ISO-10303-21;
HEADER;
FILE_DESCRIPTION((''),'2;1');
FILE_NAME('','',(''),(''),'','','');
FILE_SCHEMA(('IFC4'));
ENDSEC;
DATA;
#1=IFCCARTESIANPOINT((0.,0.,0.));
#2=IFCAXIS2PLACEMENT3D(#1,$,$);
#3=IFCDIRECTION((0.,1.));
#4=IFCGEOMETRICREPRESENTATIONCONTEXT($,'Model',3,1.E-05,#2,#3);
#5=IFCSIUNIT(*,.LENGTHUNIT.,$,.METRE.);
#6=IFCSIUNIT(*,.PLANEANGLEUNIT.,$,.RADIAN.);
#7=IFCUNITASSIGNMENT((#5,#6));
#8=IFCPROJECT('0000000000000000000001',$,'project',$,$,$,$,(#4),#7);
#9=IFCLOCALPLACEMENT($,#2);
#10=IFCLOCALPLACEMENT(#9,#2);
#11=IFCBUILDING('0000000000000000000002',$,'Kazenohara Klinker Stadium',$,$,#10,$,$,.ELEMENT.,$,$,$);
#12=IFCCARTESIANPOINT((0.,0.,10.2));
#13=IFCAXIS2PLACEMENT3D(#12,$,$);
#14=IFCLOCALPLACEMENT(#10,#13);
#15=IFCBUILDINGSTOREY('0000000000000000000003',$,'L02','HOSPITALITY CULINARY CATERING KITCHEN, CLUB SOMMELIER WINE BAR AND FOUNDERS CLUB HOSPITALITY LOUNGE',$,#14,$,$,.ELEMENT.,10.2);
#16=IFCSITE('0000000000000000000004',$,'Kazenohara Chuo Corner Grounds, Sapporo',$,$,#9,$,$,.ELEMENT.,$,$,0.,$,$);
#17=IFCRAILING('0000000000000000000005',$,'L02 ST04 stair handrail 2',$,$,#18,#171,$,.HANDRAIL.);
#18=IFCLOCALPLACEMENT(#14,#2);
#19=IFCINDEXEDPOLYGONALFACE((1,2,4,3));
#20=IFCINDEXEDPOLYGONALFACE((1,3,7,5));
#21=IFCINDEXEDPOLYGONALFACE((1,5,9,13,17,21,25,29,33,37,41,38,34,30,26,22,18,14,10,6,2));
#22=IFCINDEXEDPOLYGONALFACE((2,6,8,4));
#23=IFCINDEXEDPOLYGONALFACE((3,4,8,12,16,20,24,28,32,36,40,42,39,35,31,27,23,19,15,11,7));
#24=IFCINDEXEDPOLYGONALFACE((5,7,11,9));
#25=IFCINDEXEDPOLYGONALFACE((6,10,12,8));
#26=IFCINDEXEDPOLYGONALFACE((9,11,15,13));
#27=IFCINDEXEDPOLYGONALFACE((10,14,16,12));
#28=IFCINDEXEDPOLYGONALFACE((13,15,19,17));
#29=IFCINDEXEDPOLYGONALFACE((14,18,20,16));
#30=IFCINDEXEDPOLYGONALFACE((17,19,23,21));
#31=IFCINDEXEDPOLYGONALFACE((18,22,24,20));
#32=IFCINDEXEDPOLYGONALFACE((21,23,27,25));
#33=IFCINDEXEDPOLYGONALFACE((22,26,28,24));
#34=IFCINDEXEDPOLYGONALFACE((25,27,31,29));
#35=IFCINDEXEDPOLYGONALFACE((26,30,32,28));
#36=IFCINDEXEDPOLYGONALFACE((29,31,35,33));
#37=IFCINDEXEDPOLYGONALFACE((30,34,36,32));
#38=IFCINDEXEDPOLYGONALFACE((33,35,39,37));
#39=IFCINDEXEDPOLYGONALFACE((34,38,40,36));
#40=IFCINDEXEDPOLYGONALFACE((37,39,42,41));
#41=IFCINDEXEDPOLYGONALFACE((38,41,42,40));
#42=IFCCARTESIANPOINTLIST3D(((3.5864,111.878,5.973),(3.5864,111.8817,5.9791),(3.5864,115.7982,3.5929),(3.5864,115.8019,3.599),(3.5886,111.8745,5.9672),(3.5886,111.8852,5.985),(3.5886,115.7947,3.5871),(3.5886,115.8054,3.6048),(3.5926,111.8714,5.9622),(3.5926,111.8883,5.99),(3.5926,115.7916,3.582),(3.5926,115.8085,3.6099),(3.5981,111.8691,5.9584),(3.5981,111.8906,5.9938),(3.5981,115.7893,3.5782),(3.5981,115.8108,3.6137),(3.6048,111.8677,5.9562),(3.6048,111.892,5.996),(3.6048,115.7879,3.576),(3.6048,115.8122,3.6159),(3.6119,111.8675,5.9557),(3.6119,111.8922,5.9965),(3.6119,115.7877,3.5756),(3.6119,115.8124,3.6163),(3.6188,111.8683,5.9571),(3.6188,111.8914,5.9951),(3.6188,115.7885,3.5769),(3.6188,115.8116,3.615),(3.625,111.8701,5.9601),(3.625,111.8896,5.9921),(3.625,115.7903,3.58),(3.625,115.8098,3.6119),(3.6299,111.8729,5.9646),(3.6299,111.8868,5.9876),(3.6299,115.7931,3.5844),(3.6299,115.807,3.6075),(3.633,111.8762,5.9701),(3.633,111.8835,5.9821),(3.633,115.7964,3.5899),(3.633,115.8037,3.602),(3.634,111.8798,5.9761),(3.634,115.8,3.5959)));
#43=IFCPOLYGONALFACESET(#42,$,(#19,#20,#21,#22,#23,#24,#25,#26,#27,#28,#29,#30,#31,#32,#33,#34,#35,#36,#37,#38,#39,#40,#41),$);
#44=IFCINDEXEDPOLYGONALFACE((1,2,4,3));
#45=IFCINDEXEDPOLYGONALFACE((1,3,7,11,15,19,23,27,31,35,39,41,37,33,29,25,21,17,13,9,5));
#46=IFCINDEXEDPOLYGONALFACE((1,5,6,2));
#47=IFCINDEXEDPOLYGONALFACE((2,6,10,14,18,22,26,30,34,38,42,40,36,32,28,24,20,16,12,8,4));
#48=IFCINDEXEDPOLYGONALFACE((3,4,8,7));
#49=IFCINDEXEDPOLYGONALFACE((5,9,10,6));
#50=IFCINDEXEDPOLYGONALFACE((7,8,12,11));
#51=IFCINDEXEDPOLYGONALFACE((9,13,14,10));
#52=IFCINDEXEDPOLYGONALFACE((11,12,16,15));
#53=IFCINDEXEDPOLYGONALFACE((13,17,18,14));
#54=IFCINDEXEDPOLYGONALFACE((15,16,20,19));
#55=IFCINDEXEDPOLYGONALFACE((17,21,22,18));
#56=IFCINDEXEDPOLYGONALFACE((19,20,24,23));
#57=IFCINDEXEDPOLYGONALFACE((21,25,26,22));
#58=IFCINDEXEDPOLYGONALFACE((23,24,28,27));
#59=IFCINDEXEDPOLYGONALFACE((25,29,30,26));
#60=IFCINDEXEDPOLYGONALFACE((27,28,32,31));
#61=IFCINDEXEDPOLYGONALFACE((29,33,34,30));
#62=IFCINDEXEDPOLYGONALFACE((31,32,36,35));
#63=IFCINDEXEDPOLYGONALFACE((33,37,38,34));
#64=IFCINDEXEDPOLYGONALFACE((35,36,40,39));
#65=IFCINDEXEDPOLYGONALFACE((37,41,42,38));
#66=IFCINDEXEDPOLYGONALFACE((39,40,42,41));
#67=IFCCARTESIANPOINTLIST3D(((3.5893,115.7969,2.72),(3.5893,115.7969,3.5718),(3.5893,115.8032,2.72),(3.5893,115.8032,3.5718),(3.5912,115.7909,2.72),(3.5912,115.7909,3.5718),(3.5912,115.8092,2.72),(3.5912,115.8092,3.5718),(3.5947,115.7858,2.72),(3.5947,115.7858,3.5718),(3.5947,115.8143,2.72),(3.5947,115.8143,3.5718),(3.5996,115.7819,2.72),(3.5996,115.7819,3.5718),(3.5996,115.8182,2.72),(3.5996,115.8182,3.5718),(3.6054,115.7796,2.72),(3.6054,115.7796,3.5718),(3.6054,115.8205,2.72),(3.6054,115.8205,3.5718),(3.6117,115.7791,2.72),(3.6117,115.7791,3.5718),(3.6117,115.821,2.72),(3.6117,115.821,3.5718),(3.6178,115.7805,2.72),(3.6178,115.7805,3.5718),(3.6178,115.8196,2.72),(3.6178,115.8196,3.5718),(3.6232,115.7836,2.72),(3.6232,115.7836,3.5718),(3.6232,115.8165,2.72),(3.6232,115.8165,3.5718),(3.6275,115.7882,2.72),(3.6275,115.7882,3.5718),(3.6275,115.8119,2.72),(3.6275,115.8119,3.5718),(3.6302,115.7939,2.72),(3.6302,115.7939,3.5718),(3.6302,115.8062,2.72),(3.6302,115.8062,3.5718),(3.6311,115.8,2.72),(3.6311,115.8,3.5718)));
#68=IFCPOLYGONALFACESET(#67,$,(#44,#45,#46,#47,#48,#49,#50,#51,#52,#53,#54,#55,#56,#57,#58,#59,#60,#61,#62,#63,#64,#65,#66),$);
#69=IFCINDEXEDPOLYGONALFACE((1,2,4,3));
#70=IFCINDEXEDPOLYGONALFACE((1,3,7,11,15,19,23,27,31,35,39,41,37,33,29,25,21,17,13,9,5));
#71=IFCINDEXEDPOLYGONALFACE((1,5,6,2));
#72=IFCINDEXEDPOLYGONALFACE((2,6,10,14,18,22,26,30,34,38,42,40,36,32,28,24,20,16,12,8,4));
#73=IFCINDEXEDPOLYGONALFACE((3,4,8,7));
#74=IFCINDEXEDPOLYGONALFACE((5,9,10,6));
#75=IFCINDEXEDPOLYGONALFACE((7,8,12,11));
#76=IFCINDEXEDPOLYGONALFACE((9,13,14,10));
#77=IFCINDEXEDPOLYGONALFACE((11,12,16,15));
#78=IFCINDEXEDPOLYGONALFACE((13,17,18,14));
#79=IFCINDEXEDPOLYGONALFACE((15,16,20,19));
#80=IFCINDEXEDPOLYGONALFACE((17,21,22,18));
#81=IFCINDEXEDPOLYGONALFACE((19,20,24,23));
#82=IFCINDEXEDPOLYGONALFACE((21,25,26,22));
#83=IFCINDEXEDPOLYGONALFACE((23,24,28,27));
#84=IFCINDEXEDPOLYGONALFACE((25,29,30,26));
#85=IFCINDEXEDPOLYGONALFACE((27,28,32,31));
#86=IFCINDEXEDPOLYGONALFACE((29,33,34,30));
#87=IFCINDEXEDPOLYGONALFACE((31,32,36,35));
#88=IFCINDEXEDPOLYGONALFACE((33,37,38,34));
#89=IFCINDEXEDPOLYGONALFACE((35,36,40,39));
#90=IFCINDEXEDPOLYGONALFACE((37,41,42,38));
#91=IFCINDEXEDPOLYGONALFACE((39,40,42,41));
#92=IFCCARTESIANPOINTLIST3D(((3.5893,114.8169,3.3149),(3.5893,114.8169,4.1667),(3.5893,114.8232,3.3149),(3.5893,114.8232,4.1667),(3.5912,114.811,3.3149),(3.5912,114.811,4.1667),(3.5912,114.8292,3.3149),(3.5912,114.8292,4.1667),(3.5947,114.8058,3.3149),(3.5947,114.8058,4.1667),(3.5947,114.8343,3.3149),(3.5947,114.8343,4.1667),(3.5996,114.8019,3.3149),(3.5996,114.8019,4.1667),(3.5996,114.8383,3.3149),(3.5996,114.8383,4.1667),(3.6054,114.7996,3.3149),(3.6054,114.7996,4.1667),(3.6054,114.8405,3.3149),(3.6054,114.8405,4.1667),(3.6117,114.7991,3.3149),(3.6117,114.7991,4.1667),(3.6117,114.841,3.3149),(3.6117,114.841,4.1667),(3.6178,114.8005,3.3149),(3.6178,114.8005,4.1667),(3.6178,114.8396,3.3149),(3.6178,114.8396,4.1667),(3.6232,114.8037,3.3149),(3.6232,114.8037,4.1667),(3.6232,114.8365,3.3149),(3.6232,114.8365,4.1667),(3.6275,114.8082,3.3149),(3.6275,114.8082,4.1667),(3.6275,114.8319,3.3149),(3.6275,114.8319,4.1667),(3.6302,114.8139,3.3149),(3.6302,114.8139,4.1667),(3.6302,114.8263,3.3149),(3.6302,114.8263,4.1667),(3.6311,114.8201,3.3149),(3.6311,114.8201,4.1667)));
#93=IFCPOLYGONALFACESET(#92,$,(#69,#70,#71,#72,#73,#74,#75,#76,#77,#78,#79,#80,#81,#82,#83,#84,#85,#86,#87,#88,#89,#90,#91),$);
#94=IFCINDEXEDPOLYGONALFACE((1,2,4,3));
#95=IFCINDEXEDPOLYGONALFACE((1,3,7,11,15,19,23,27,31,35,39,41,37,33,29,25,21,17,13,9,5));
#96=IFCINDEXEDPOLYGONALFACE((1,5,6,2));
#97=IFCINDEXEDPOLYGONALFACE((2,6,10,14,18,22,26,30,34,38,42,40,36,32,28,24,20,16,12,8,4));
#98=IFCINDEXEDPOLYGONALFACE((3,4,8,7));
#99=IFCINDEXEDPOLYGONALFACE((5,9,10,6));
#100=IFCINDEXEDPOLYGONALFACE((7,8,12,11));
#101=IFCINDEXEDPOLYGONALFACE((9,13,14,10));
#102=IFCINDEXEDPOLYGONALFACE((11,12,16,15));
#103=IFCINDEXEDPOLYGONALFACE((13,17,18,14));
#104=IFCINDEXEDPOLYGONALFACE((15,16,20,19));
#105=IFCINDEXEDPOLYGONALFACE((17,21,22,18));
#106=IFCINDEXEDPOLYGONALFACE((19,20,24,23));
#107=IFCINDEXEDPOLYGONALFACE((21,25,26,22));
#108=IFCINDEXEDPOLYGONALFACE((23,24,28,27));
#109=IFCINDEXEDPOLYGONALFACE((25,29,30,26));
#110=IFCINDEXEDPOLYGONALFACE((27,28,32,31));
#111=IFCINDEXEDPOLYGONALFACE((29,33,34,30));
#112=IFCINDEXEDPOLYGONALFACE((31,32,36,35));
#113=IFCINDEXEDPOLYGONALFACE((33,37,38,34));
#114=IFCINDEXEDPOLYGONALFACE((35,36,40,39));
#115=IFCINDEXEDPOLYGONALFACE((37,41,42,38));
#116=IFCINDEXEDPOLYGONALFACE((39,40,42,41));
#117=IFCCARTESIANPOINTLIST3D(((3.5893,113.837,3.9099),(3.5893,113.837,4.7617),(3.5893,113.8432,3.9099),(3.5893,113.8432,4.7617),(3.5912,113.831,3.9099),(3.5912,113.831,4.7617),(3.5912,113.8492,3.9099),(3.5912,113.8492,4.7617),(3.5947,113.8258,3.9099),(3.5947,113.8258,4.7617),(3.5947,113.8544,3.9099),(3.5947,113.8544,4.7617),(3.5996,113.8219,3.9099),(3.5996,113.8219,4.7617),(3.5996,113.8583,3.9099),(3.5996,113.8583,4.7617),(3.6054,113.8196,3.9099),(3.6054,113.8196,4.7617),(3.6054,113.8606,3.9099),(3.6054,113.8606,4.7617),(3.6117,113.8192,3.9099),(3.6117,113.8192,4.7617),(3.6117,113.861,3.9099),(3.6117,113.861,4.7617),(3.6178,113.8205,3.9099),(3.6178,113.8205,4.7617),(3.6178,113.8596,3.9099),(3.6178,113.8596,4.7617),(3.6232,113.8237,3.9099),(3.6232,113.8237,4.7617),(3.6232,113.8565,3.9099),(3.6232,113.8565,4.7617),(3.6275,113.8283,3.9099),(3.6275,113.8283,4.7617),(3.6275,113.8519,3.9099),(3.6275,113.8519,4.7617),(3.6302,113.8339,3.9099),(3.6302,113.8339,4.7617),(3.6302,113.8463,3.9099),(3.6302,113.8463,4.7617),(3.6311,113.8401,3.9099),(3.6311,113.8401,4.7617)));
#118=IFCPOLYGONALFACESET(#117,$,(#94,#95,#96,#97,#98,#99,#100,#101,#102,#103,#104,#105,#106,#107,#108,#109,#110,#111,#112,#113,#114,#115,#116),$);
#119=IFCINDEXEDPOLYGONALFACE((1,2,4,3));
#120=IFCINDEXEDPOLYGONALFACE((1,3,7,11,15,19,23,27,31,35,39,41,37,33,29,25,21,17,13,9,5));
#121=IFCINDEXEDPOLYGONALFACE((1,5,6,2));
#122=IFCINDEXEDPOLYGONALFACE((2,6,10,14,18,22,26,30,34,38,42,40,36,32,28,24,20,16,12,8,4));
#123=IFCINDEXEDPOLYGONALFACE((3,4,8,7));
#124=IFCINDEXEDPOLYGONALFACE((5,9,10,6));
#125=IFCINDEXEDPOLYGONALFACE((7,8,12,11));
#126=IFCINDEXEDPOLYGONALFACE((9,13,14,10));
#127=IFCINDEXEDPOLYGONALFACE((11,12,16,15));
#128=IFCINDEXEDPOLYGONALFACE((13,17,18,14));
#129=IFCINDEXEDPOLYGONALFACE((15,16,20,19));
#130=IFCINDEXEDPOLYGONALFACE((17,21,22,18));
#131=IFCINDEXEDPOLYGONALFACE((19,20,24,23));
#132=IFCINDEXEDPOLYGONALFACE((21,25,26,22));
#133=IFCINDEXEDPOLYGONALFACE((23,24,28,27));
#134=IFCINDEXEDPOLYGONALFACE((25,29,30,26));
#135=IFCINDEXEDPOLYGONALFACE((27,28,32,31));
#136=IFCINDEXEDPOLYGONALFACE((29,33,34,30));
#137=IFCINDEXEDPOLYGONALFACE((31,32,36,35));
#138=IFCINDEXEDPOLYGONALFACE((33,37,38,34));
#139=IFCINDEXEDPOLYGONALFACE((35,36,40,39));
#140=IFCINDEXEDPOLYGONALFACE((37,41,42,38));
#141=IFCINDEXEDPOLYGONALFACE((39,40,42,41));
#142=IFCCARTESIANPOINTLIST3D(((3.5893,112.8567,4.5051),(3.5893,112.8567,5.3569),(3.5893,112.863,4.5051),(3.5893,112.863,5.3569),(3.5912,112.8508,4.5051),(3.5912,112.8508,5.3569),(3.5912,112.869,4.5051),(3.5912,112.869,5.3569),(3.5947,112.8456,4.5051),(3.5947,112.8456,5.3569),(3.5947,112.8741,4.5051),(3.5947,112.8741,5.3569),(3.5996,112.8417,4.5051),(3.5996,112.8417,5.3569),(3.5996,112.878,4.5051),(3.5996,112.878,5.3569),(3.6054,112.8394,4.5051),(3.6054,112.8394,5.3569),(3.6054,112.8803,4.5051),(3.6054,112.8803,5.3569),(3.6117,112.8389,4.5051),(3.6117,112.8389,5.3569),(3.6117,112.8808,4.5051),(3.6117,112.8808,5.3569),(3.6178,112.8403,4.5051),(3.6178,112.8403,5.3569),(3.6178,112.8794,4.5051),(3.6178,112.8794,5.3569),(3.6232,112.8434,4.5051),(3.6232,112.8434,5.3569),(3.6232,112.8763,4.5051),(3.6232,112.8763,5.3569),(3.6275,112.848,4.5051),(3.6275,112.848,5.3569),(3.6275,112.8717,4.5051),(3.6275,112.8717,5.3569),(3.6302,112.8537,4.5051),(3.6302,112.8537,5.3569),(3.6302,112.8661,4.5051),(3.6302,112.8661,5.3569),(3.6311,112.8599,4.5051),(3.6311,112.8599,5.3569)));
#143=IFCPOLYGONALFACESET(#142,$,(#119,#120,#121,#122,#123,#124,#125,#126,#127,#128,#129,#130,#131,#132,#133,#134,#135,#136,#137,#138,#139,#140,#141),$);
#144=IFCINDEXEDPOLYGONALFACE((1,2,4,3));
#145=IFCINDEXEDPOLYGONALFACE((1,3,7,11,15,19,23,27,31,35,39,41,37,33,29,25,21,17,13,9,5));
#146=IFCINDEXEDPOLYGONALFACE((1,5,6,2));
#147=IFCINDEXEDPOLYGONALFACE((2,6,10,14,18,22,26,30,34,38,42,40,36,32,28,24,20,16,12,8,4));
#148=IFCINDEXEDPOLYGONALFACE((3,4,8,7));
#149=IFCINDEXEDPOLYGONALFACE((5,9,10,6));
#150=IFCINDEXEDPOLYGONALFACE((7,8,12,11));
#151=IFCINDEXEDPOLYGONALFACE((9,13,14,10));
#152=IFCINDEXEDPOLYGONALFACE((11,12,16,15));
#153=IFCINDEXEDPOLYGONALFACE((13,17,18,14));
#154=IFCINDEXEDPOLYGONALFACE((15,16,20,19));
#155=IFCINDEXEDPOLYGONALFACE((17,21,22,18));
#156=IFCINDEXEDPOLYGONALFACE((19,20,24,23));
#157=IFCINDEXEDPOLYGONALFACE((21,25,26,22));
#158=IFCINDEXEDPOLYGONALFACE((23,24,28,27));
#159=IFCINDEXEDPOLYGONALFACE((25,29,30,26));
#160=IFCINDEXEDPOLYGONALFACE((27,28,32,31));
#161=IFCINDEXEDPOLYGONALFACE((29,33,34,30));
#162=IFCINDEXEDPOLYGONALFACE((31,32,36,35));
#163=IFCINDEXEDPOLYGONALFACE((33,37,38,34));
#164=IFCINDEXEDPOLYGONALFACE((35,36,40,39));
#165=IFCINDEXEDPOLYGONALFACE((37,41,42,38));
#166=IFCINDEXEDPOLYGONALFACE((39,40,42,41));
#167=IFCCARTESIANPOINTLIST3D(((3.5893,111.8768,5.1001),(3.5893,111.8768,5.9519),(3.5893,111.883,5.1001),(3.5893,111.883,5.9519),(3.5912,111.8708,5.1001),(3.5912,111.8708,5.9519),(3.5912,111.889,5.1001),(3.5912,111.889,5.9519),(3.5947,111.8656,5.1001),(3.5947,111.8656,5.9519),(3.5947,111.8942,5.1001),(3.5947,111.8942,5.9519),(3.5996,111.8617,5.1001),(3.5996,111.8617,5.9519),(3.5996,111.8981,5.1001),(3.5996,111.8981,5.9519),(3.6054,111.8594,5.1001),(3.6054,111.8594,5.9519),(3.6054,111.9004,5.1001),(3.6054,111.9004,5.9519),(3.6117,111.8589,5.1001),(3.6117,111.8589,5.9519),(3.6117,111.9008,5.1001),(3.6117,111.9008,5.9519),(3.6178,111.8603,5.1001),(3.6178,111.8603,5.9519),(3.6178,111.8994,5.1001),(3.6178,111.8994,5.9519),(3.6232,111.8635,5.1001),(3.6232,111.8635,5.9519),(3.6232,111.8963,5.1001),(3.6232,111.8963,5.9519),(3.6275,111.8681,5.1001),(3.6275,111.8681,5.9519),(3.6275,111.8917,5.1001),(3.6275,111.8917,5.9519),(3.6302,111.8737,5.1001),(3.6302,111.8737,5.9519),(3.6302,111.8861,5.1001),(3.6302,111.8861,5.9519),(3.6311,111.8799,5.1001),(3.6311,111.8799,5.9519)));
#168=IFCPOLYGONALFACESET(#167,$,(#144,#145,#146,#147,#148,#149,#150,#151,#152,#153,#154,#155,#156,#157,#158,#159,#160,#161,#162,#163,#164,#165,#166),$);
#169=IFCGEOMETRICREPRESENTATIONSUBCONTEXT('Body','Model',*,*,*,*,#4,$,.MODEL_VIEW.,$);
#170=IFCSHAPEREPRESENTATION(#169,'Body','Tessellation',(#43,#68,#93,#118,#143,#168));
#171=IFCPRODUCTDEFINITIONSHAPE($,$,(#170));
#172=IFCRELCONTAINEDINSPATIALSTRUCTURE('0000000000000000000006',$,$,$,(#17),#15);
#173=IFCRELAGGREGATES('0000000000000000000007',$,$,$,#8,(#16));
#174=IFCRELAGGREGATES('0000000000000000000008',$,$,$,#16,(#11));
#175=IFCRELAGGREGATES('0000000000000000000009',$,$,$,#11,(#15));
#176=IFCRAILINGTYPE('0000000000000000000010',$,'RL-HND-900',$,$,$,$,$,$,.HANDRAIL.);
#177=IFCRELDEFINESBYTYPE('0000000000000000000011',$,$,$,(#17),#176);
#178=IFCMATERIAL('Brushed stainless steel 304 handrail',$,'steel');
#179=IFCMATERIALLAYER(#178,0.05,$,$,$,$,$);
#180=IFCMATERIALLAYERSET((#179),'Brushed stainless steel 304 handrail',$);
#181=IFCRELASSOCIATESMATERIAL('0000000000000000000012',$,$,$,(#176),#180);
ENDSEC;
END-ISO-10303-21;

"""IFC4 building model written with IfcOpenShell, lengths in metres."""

from ifc_helpers import new_model, si_unit, direction, frame, origin, origin_2d, place, context, subcontext, project, spatial, circle, extrude, material, layer, layer_set, type_object, element, save


model = new_model("IFC4")

# Units and contexts
model_context = context("Model", 3, precision=1e-05, world=origin(), true_north=direction((0.0, 1.0)))
body_context = subcontext(model_context, "Body", "Model", "MODEL_VIEW")
ifc_project = project(units=[si_unit("LENGTHUNIT", "METRE"), si_unit("PLANEANGLEUNIT", "RADIAN")], contexts=[model_context])

# Site, building, storey
site_placement = place(None, origin())
site = spatial("IfcSite", under=ifc_project, at=site_placement, Name="Kazenohara Chuo Corner Grounds, Sapporo", CompositionType="ELEMENT", RefElevation=0.0)
building_placement = place(site_placement, origin())
building = spatial("IfcBuilding", under=site, at=building_placement, Name="Kazenohara Klinker Stadium", CompositionType="ELEMENT")
storey_placement = place(building_placement, frame((0.0, 0.0, 10.2)))
storey = spatial("IfcBuildingStorey", under=building, at=storey_placement, Name="L02", Description="HOSPITALITY CULINARY CATERING KITCHEN, CLUB SOMMELIER WINE BAR AND FOUNDERS CLUB HOSPITALITY LOUNGE", CompositionType="ELEMENT", Elevation=10.2)

# Railing
ifc_material_1 = material(Name="Brushed stainless steel 304 handrail", Category="steel")
ifc_layer_1 = layer(ifc_material_1, 0.05)
ifc_layer_set_1 = layer_set([ifc_layer_1], Name="Brushed stainless steel 304 handrail")
railing_type_1 = type_object("IfcRailingType", Name="RL-HND-900", PredefinedType="HANDRAIL", material=ifc_layer_set_1)
railing_1_placement = place(storey_placement, frame((3.6101, 115.8, 2.72)))
element("IfcRailing", 1, at=railing_1_placement, inside=storey, type_object=railing_type_1, Name="L02 ST04 stair handrail 2", PredefinedType="HANDRAIL", context=body_context, shape_type="SweptSolid", body=[
    extrude(circle(Radius=0.0239, at=origin_2d()), frame((0.0, 0.0, 0.876), z_axis=(0.0, -0.854785, 0.518982), x_axis=(1.0, 0.0, 0.0)), (0.0, 0.0, 1.0), 4.5862),
    extrude(circle(Radius=0.021, at=origin_2d()), origin(), (0.0, 0.0, 1.0), 0.8518),
    extrude(circle(Radius=0.021, at=origin_2d()), frame((0.0, -0.98, 0.595)), (0.0, 0.0, 1.0), 0.8518),
    extrude(circle(Radius=0.021, at=origin_2d()), frame((0.0, -1.96, 1.1899)), (0.0, 0.0, 1.0), 0.8518),
    extrude(circle(Radius=0.021, at=origin_2d()), frame((0.0, -2.9402, 1.7852)), (0.0, 0.0, 1.0), 0.8518),
    extrude(circle(Radius=0.021, at=origin_2d()), frame((0.0, -3.9202, 2.3801)), (0.0, 0.0, 1.0), 0.8518),
])

save(model, "model.ifc")
